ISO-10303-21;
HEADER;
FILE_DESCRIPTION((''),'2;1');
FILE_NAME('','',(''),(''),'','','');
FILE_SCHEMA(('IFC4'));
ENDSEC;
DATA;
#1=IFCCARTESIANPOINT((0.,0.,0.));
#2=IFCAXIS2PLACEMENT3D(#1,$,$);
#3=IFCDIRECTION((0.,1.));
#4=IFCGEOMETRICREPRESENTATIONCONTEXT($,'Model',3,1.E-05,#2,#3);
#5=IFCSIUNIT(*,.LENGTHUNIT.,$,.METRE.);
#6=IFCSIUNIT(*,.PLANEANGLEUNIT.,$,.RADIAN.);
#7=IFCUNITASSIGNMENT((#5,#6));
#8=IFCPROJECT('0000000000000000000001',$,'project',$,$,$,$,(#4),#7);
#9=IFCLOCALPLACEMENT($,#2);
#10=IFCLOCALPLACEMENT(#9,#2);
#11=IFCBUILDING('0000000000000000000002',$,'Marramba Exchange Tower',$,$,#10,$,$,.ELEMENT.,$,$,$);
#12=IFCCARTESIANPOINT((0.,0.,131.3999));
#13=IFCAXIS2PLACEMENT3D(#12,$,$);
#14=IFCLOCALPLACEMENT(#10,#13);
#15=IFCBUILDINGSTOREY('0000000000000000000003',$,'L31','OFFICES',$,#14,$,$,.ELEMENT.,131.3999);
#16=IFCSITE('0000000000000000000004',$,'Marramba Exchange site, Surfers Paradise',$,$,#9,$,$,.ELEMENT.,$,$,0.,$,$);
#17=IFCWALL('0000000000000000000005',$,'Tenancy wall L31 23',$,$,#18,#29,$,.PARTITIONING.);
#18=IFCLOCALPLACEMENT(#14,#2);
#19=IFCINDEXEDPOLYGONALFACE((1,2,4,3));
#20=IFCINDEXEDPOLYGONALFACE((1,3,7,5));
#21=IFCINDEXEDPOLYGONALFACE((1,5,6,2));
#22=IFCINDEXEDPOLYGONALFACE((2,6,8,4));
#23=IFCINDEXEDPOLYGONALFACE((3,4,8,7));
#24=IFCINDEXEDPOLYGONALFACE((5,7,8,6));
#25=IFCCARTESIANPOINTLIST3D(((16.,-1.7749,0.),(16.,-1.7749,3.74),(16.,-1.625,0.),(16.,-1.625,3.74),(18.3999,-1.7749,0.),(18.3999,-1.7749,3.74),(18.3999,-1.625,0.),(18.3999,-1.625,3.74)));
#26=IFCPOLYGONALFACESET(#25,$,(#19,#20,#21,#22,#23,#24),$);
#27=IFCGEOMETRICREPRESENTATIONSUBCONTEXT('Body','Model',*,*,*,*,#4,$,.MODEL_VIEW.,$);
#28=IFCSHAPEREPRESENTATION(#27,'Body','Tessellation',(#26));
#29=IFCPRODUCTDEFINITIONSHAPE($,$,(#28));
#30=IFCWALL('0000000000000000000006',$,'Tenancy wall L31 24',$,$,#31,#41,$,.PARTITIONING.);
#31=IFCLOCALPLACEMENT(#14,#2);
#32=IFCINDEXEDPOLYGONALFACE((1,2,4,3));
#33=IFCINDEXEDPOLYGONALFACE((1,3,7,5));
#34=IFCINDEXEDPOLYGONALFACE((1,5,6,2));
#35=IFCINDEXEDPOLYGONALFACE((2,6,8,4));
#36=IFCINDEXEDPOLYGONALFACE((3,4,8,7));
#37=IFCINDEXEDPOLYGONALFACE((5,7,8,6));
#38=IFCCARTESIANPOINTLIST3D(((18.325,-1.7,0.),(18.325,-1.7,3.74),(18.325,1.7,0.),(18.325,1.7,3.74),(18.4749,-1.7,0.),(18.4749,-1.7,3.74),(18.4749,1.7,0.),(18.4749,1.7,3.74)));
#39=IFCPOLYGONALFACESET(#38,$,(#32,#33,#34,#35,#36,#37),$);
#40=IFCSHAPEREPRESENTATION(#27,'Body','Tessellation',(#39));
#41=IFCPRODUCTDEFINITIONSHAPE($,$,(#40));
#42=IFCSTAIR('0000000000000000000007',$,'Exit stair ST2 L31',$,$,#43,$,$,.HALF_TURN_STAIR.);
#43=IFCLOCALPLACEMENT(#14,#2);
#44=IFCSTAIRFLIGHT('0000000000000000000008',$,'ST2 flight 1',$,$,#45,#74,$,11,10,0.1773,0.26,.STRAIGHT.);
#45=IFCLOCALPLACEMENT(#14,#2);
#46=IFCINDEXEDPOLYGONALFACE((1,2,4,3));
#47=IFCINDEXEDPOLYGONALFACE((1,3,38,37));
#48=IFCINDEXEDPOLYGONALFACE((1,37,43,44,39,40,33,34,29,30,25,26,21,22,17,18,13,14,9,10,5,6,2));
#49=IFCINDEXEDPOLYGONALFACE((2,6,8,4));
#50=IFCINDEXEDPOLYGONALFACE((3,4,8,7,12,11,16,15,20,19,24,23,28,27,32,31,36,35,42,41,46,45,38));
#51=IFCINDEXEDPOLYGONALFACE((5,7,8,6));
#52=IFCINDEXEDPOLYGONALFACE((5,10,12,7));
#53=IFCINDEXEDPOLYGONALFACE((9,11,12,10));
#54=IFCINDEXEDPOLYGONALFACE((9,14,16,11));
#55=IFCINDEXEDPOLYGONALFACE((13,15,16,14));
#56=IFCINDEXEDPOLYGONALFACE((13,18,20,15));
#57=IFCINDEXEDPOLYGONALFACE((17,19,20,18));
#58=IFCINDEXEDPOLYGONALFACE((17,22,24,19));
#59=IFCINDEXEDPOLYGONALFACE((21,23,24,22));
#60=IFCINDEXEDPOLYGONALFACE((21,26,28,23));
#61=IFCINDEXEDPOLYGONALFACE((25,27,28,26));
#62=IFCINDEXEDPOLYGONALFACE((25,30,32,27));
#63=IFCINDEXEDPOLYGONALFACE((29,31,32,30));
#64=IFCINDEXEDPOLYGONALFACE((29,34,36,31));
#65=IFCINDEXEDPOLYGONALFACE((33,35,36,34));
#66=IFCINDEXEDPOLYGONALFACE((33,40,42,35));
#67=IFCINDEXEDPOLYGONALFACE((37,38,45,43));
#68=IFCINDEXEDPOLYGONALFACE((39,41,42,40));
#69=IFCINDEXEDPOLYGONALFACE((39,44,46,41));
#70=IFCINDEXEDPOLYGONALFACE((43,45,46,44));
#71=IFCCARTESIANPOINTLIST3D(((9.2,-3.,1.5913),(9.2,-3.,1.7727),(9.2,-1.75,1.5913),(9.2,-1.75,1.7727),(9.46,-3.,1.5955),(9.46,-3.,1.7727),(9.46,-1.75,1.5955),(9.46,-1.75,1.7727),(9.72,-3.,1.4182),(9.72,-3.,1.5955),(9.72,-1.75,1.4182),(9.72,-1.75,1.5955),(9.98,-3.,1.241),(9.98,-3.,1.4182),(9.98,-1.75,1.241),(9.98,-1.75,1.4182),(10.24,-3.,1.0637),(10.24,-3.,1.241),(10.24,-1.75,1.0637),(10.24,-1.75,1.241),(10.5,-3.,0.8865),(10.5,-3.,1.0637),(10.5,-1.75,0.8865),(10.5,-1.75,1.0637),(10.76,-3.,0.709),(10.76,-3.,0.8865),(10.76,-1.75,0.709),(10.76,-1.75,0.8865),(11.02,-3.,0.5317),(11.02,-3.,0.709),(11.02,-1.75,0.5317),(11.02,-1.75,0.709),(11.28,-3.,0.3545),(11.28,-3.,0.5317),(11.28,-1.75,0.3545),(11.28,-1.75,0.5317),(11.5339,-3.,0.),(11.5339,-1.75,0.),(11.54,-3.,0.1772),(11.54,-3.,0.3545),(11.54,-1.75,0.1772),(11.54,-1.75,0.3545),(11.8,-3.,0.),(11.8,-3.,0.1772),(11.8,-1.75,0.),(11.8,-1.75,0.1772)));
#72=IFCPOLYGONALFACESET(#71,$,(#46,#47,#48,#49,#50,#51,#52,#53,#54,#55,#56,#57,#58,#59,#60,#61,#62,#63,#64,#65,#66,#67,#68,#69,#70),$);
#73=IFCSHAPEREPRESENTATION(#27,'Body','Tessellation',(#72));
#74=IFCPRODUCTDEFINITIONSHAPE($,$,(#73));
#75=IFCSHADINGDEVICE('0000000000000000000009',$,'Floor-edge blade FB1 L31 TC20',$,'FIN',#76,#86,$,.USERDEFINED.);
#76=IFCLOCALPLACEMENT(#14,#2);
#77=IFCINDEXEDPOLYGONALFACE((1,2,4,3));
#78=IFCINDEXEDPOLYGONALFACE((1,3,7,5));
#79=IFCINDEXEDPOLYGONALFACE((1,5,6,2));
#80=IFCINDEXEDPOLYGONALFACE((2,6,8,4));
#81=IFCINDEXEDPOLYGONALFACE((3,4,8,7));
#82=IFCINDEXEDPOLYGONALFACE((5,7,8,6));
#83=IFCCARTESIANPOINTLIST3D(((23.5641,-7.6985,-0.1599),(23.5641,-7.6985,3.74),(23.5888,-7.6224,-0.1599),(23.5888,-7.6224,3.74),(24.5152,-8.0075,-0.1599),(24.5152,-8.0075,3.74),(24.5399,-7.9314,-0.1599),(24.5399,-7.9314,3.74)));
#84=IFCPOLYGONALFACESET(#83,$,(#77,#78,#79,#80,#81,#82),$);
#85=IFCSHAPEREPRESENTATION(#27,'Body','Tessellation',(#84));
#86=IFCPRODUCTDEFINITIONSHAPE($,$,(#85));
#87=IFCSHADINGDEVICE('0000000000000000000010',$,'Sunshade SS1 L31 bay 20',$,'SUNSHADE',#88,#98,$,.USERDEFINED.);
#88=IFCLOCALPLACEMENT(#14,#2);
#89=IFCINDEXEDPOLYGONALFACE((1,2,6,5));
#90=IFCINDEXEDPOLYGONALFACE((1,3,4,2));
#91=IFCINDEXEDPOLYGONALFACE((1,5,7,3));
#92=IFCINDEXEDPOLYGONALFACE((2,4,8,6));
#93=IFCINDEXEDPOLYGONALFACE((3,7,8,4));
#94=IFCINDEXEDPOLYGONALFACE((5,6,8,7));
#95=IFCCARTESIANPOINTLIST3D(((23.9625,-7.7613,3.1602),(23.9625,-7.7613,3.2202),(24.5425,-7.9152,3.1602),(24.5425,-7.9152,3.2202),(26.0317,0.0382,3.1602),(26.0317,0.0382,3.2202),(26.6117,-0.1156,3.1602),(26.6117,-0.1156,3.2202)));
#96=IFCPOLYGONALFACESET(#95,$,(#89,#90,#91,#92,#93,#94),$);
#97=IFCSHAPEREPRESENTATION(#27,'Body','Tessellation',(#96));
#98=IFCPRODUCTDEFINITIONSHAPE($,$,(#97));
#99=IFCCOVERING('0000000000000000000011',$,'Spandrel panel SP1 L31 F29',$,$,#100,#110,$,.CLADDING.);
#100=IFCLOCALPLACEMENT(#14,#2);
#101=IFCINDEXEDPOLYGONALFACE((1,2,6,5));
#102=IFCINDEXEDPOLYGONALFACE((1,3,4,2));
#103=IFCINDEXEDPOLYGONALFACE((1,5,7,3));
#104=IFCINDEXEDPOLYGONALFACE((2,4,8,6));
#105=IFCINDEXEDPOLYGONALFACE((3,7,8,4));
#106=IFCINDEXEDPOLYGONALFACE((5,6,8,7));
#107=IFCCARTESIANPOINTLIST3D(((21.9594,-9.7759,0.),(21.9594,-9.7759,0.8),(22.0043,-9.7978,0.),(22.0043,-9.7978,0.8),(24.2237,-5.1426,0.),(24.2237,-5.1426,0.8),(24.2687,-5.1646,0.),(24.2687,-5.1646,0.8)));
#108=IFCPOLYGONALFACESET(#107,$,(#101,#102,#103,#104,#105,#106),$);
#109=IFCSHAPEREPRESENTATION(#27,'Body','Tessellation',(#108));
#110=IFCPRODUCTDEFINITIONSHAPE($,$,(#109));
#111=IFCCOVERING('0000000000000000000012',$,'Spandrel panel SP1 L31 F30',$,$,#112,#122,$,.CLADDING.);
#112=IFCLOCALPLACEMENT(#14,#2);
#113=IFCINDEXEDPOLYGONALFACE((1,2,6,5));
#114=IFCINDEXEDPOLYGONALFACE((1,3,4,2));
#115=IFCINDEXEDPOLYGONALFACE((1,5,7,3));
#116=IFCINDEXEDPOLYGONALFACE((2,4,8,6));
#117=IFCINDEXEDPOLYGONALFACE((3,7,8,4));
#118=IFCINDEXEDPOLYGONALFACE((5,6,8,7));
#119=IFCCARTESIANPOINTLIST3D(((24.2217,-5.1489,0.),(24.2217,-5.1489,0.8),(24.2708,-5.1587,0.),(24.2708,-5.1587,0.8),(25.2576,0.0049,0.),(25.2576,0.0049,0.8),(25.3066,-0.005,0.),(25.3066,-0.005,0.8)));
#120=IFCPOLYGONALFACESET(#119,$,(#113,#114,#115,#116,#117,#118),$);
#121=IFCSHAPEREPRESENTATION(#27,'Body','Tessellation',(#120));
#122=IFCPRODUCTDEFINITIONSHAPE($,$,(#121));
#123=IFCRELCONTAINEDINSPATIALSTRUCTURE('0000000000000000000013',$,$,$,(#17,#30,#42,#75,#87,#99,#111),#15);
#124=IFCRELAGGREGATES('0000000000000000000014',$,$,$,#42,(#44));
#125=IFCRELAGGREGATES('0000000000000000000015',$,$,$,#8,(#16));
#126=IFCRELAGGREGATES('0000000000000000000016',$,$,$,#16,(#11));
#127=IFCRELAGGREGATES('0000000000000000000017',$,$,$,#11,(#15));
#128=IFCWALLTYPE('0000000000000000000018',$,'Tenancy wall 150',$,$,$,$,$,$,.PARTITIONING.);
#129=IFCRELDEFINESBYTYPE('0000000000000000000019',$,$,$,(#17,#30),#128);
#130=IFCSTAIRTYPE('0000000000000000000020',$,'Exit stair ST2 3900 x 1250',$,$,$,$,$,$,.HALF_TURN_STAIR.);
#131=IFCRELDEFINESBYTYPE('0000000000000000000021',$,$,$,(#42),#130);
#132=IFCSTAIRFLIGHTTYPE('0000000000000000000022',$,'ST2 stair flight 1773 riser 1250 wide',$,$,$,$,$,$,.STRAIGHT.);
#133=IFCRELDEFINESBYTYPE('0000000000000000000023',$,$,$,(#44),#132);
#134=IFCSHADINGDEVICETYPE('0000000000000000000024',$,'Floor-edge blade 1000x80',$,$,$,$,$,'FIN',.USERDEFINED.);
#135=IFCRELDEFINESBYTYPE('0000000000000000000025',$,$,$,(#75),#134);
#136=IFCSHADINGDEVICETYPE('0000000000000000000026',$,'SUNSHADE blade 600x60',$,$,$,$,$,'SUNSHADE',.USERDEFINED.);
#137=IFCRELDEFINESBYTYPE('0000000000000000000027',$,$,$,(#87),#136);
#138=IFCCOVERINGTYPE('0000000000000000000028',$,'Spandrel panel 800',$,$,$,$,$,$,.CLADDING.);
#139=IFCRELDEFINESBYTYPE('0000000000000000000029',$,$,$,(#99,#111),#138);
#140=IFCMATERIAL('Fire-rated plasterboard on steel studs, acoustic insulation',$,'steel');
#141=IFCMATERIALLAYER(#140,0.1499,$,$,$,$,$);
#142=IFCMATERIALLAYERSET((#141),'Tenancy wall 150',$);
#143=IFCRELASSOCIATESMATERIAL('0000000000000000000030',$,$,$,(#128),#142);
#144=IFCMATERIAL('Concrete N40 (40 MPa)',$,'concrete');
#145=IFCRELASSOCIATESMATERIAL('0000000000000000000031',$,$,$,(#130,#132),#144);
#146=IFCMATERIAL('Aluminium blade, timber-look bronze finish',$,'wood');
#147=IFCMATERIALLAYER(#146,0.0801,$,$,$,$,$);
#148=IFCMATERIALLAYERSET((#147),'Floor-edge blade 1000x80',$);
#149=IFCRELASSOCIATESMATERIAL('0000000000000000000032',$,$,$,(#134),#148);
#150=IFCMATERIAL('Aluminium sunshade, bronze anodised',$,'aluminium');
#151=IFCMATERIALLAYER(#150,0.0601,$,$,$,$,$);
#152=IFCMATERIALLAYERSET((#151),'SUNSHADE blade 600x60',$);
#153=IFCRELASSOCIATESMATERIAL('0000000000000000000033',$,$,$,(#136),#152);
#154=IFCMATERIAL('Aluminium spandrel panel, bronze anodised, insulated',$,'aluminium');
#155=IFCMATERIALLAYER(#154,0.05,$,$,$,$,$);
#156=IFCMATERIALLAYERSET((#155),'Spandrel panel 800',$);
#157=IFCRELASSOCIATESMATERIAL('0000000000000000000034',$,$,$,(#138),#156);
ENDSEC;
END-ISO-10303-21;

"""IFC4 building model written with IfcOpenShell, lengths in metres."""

from ifc_helpers import new_model, si_unit, direction, frame, frame_2d, origin, origin_2d, place, context, subcontext, project, spatial, polyline, rectangle, outline, extrude, material, layer, layer_set, type_object, element, aggregate, save


model = new_model("IFC4")

# Units and contexts
model_context = context("Model", 3, precision=1e-05, world=origin(), true_north=direction((0.0, 1.0)))
body_context = subcontext(model_context, "Body", "Model", "MODEL_VIEW")
ifc_project = project(units=[si_unit("LENGTHUNIT", "METRE"), si_unit("PLANEANGLEUNIT", "RADIAN")], contexts=[model_context])

# Site, building, storey
site_placement = place(None, origin())
site = spatial("IfcSite", under=ifc_project, at=site_placement, Name="Marramba Exchange site, Surfers Paradise", CompositionType="ELEMENT", RefElevation=0.0)
building_placement = place(site_placement, origin())
building = spatial("IfcBuilding", under=site, at=building_placement, Name="Marramba Exchange Tower", CompositionType="ELEMENT")
storey_placement = place(building_placement, frame((0.0, 0.0, 131.3999)))
storey = spatial("IfcBuildingStorey", under=building, at=storey_placement, Name="L31", Description="OFFICES", CompositionType="ELEMENT", Elevation=131.3999)

# Walls
ifc_material_1 = material(Name="Fire-rated plasterboard on steel studs, acoustic insulation", Category="steel")
ifc_layer_1 = layer(ifc_material_1, 0.1499)
ifc_layer_set_1 = layer_set([ifc_layer_1], Name="Tenancy wall 150")
wall_type_1 = type_object("IfcWallType", Name="Tenancy wall 150", PredefinedType="PARTITIONING", material=ifc_layer_set_1)
wall_1_placement = place(storey_placement, frame((16.0, -1.7, 0.0), z_axis=(0.0, 0.0, 1.0), x_axis=(1.0, 0.0, 0.0)))
element("IfcWall", 1, at=wall_1_placement, inside=storey, type_object=wall_type_1, Name="Tenancy wall L31 23", PredefinedType="PARTITIONING", context=body_context, shape_type="SweptSolid", body=[
    extrude(rectangle(XDim=2.3999, YDim=0.1499, at=frame_2d((1.2, 0.0))), origin(), (0.0, 0.0, 1.0), 3.74),
])
wall_2_placement = place(storey_placement, frame((18.3999, -1.7, 0.0), z_axis=(0.0, 0.0, 1.0), x_axis=(0.0, 1.0, 0.0)))
element("IfcWall", 2, at=wall_2_placement, inside=storey, type_object=wall_type_1, Name="Tenancy wall L31 24", PredefinedType="PARTITIONING", context=body_context, shape_type="SweptSolid", body=[
    extrude(rectangle(XDim=3.3999, YDim=0.1499, at=frame_2d((1.7, 0.0))), origin(), (0.0, 0.0, 1.0), 3.74),
])

# Stair, stair flight
ifc_material_2 = material(Name="Concrete N40 (40 MPa)", Category="concrete")
stair_type = type_object("IfcStairType", Name="Exit stair ST2 3900 x 1250", PredefinedType="HALF_TURN_STAIR", material=ifc_material_2)
stair_placement = place(storey_placement, origin())
stair = element("IfcStair", 3, at=stair_placement, inside=storey, type_object=stair_type, Name="Exit stair ST2 L31", PredefinedType="HALF_TURN_STAIR")
stair_flight_type = type_object("IfcStairFlightType", Name="ST2 stair flight 1773 riser 1250 wide", PredefinedType="STRAIGHT", material=ifc_material_2)
stair_flight_placement = place(storey_placement, frame((11.8, -2.375, 0.0), z_axis=(0.0, 0.0, 1.0), x_axis=(-1.0, 0.0, 0.0)))
stair_flight = element("IfcStairFlight", 4, at=stair_flight_placement, type_object=stair_flight_type, Name="ST2 flight 1", NumberOfRisers=11, NumberOfTreads=10, PredefinedType="STRAIGHT", RiserHeight=0.1773, TreadLength=0.26, context=body_context, shape_type="SweptSolid", body=[
    extrude(outline(polyline([(0.0, 0.0), (0.0, 0.1772), (0.26, 0.1772), (0.26, 0.3545), (0.52, 0.3545), (0.52, 0.5317), (0.78, 0.5317), (0.78, 0.709), (1.04, 0.709), (1.04, 0.8865), (1.3, 0.8865), (1.3, 1.0637), (1.5601, 1.0637), (1.5601, 1.241), (1.8201, 1.241), (1.8201, 1.4182), (2.0801, 1.4182), (2.0801, 1.5955), (2.3401, 1.5955), (2.3401, 1.7727), (2.6001, 1.7727), (2.6001, 1.95), (2.6001, 1.5913), (0.2661, 0.0), (0.0, 0.0)])), frame((0.0, 0.625, 0.0), z_axis=(0.0, -1.0, 0.0), x_axis=(1.0, 0.0, 0.0)), (0.0, 0.0, 1.0), 1.25),
])
aggregate(stair, [stair_flight])

# Shading devices
ifc_material_3 = material(Name="Aluminium blade, timber-look bronze finish", Category="wood")
ifc_layer_2 = layer(ifc_material_3, 0.0801)
ifc_layer_set_2 = layer_set([ifc_layer_2], Name="Floor-edge blade 1000x80")
shading_device_type_1 = type_object("IfcShadingDeviceType", Name="Floor-edge blade 1000x80", ElementType="FIN", PredefinedType="USERDEFINED", material=ifc_layer_set_2)
shading_device_1_placement = place(storey_placement, frame((24.052, -7.8149, -0.1599), z_axis=(0.0, 0.0, 1.0), x_axis=(0.951057, -0.309017, 0.0)))
element("IfcShadingDevice", 5, at=shading_device_1_placement, inside=storey, type_object=shading_device_type_1, Name="Floor-edge blade FB1 L31 TC20", ObjectType="FIN", PredefinedType="USERDEFINED", context=body_context, shape_type="SweptSolid", body=[
    extrude(rectangle(XDim=1.0, YDim=0.0801, at=origin_2d()), origin(), (0.0, 0.0, 1.0), 3.8999),
])
ifc_material_4 = material(Name="Aluminium sunshade, bronze anodised", Category="aluminium")
ifc_layer_3 = layer(ifc_material_4, 0.0601)
ifc_layer_set_3 = layer_set([ifc_layer_3], Name="SUNSHADE blade 600x60")
shading_device_type_2 = type_object("IfcShadingDeviceType", Name="SUNSHADE blade 600x60", ElementType="SUNSHADE", PredefinedType="USERDEFINED", material=ifc_layer_set_3)
shading_device_2_placement = place(storey_placement, frame((25.2871, -3.9385, 3.1602), z_axis=(0.0, 0.0, 1.0), x_axis=(0.256423, 0.966565, 0.0)))
element("IfcShadingDevice", 6, at=shading_device_2_placement, inside=storey, type_object=shading_device_type_2, Name="Sunshade SS1 L31 bay 20", ObjectType="SUNSHADE", PredefinedType="USERDEFINED", context=body_context, shape_type="SweptSolid", body=[
    extrude(rectangle(XDim=8.0693, YDim=0.6001, at=origin_2d()), origin(), (0.0, 0.0, 1.0), 0.0601),
])

# Coverings
ifc_material_5 = material(Name="Aluminium spandrel panel, bronze anodised, insulated", Category="aluminium")
ifc_layer_4 = layer(ifc_material_5, 0.05)
ifc_layer_set_4 = layer_set([ifc_layer_4], Name="Spandrel panel 800")
covering_type = type_object("IfcCoveringType", Name="Spandrel panel 800", PredefinedType="CLADDING", material=ifc_layer_set_4)
covering_1_placement = place(storey_placement, frame((23.114, -7.4702, 0.0), z_axis=(0.0, 0.0, 1.0), x_axis=(0.439086, 0.898445, 0.0)))
element("IfcCovering", 7, at=covering_1_placement, inside=storey, type_object=covering_type, Name="Spandrel panel SP1 L31 F29", PredefinedType="CLADDING", context=body_context, shape_type="SweptSolid", body=[
    extrude(rectangle(XDim=5.157, YDim=0.05, at=origin_2d()), origin(), (0.0, 0.0, 1.0), 0.8),
])
covering_2_placement = place(storey_placement, frame((24.7642, -2.5769, 0.0), z_axis=(0.0, 0.0, 1.0), x_axis=(0.197049, 0.980394, 0.0)))
element("IfcCovering", 8, at=covering_2_placement, inside=storey, type_object=covering_type, Name="Spandrel panel SP1 L31 F30", PredefinedType="CLADDING", context=body_context, shape_type="SweptSolid", body=[
    extrude(rectangle(XDim=5.2568, YDim=0.05, at=origin_2d()), origin(), (0.0, 0.0, 1.0), 0.8),
])

save(model, "model.ifc")
